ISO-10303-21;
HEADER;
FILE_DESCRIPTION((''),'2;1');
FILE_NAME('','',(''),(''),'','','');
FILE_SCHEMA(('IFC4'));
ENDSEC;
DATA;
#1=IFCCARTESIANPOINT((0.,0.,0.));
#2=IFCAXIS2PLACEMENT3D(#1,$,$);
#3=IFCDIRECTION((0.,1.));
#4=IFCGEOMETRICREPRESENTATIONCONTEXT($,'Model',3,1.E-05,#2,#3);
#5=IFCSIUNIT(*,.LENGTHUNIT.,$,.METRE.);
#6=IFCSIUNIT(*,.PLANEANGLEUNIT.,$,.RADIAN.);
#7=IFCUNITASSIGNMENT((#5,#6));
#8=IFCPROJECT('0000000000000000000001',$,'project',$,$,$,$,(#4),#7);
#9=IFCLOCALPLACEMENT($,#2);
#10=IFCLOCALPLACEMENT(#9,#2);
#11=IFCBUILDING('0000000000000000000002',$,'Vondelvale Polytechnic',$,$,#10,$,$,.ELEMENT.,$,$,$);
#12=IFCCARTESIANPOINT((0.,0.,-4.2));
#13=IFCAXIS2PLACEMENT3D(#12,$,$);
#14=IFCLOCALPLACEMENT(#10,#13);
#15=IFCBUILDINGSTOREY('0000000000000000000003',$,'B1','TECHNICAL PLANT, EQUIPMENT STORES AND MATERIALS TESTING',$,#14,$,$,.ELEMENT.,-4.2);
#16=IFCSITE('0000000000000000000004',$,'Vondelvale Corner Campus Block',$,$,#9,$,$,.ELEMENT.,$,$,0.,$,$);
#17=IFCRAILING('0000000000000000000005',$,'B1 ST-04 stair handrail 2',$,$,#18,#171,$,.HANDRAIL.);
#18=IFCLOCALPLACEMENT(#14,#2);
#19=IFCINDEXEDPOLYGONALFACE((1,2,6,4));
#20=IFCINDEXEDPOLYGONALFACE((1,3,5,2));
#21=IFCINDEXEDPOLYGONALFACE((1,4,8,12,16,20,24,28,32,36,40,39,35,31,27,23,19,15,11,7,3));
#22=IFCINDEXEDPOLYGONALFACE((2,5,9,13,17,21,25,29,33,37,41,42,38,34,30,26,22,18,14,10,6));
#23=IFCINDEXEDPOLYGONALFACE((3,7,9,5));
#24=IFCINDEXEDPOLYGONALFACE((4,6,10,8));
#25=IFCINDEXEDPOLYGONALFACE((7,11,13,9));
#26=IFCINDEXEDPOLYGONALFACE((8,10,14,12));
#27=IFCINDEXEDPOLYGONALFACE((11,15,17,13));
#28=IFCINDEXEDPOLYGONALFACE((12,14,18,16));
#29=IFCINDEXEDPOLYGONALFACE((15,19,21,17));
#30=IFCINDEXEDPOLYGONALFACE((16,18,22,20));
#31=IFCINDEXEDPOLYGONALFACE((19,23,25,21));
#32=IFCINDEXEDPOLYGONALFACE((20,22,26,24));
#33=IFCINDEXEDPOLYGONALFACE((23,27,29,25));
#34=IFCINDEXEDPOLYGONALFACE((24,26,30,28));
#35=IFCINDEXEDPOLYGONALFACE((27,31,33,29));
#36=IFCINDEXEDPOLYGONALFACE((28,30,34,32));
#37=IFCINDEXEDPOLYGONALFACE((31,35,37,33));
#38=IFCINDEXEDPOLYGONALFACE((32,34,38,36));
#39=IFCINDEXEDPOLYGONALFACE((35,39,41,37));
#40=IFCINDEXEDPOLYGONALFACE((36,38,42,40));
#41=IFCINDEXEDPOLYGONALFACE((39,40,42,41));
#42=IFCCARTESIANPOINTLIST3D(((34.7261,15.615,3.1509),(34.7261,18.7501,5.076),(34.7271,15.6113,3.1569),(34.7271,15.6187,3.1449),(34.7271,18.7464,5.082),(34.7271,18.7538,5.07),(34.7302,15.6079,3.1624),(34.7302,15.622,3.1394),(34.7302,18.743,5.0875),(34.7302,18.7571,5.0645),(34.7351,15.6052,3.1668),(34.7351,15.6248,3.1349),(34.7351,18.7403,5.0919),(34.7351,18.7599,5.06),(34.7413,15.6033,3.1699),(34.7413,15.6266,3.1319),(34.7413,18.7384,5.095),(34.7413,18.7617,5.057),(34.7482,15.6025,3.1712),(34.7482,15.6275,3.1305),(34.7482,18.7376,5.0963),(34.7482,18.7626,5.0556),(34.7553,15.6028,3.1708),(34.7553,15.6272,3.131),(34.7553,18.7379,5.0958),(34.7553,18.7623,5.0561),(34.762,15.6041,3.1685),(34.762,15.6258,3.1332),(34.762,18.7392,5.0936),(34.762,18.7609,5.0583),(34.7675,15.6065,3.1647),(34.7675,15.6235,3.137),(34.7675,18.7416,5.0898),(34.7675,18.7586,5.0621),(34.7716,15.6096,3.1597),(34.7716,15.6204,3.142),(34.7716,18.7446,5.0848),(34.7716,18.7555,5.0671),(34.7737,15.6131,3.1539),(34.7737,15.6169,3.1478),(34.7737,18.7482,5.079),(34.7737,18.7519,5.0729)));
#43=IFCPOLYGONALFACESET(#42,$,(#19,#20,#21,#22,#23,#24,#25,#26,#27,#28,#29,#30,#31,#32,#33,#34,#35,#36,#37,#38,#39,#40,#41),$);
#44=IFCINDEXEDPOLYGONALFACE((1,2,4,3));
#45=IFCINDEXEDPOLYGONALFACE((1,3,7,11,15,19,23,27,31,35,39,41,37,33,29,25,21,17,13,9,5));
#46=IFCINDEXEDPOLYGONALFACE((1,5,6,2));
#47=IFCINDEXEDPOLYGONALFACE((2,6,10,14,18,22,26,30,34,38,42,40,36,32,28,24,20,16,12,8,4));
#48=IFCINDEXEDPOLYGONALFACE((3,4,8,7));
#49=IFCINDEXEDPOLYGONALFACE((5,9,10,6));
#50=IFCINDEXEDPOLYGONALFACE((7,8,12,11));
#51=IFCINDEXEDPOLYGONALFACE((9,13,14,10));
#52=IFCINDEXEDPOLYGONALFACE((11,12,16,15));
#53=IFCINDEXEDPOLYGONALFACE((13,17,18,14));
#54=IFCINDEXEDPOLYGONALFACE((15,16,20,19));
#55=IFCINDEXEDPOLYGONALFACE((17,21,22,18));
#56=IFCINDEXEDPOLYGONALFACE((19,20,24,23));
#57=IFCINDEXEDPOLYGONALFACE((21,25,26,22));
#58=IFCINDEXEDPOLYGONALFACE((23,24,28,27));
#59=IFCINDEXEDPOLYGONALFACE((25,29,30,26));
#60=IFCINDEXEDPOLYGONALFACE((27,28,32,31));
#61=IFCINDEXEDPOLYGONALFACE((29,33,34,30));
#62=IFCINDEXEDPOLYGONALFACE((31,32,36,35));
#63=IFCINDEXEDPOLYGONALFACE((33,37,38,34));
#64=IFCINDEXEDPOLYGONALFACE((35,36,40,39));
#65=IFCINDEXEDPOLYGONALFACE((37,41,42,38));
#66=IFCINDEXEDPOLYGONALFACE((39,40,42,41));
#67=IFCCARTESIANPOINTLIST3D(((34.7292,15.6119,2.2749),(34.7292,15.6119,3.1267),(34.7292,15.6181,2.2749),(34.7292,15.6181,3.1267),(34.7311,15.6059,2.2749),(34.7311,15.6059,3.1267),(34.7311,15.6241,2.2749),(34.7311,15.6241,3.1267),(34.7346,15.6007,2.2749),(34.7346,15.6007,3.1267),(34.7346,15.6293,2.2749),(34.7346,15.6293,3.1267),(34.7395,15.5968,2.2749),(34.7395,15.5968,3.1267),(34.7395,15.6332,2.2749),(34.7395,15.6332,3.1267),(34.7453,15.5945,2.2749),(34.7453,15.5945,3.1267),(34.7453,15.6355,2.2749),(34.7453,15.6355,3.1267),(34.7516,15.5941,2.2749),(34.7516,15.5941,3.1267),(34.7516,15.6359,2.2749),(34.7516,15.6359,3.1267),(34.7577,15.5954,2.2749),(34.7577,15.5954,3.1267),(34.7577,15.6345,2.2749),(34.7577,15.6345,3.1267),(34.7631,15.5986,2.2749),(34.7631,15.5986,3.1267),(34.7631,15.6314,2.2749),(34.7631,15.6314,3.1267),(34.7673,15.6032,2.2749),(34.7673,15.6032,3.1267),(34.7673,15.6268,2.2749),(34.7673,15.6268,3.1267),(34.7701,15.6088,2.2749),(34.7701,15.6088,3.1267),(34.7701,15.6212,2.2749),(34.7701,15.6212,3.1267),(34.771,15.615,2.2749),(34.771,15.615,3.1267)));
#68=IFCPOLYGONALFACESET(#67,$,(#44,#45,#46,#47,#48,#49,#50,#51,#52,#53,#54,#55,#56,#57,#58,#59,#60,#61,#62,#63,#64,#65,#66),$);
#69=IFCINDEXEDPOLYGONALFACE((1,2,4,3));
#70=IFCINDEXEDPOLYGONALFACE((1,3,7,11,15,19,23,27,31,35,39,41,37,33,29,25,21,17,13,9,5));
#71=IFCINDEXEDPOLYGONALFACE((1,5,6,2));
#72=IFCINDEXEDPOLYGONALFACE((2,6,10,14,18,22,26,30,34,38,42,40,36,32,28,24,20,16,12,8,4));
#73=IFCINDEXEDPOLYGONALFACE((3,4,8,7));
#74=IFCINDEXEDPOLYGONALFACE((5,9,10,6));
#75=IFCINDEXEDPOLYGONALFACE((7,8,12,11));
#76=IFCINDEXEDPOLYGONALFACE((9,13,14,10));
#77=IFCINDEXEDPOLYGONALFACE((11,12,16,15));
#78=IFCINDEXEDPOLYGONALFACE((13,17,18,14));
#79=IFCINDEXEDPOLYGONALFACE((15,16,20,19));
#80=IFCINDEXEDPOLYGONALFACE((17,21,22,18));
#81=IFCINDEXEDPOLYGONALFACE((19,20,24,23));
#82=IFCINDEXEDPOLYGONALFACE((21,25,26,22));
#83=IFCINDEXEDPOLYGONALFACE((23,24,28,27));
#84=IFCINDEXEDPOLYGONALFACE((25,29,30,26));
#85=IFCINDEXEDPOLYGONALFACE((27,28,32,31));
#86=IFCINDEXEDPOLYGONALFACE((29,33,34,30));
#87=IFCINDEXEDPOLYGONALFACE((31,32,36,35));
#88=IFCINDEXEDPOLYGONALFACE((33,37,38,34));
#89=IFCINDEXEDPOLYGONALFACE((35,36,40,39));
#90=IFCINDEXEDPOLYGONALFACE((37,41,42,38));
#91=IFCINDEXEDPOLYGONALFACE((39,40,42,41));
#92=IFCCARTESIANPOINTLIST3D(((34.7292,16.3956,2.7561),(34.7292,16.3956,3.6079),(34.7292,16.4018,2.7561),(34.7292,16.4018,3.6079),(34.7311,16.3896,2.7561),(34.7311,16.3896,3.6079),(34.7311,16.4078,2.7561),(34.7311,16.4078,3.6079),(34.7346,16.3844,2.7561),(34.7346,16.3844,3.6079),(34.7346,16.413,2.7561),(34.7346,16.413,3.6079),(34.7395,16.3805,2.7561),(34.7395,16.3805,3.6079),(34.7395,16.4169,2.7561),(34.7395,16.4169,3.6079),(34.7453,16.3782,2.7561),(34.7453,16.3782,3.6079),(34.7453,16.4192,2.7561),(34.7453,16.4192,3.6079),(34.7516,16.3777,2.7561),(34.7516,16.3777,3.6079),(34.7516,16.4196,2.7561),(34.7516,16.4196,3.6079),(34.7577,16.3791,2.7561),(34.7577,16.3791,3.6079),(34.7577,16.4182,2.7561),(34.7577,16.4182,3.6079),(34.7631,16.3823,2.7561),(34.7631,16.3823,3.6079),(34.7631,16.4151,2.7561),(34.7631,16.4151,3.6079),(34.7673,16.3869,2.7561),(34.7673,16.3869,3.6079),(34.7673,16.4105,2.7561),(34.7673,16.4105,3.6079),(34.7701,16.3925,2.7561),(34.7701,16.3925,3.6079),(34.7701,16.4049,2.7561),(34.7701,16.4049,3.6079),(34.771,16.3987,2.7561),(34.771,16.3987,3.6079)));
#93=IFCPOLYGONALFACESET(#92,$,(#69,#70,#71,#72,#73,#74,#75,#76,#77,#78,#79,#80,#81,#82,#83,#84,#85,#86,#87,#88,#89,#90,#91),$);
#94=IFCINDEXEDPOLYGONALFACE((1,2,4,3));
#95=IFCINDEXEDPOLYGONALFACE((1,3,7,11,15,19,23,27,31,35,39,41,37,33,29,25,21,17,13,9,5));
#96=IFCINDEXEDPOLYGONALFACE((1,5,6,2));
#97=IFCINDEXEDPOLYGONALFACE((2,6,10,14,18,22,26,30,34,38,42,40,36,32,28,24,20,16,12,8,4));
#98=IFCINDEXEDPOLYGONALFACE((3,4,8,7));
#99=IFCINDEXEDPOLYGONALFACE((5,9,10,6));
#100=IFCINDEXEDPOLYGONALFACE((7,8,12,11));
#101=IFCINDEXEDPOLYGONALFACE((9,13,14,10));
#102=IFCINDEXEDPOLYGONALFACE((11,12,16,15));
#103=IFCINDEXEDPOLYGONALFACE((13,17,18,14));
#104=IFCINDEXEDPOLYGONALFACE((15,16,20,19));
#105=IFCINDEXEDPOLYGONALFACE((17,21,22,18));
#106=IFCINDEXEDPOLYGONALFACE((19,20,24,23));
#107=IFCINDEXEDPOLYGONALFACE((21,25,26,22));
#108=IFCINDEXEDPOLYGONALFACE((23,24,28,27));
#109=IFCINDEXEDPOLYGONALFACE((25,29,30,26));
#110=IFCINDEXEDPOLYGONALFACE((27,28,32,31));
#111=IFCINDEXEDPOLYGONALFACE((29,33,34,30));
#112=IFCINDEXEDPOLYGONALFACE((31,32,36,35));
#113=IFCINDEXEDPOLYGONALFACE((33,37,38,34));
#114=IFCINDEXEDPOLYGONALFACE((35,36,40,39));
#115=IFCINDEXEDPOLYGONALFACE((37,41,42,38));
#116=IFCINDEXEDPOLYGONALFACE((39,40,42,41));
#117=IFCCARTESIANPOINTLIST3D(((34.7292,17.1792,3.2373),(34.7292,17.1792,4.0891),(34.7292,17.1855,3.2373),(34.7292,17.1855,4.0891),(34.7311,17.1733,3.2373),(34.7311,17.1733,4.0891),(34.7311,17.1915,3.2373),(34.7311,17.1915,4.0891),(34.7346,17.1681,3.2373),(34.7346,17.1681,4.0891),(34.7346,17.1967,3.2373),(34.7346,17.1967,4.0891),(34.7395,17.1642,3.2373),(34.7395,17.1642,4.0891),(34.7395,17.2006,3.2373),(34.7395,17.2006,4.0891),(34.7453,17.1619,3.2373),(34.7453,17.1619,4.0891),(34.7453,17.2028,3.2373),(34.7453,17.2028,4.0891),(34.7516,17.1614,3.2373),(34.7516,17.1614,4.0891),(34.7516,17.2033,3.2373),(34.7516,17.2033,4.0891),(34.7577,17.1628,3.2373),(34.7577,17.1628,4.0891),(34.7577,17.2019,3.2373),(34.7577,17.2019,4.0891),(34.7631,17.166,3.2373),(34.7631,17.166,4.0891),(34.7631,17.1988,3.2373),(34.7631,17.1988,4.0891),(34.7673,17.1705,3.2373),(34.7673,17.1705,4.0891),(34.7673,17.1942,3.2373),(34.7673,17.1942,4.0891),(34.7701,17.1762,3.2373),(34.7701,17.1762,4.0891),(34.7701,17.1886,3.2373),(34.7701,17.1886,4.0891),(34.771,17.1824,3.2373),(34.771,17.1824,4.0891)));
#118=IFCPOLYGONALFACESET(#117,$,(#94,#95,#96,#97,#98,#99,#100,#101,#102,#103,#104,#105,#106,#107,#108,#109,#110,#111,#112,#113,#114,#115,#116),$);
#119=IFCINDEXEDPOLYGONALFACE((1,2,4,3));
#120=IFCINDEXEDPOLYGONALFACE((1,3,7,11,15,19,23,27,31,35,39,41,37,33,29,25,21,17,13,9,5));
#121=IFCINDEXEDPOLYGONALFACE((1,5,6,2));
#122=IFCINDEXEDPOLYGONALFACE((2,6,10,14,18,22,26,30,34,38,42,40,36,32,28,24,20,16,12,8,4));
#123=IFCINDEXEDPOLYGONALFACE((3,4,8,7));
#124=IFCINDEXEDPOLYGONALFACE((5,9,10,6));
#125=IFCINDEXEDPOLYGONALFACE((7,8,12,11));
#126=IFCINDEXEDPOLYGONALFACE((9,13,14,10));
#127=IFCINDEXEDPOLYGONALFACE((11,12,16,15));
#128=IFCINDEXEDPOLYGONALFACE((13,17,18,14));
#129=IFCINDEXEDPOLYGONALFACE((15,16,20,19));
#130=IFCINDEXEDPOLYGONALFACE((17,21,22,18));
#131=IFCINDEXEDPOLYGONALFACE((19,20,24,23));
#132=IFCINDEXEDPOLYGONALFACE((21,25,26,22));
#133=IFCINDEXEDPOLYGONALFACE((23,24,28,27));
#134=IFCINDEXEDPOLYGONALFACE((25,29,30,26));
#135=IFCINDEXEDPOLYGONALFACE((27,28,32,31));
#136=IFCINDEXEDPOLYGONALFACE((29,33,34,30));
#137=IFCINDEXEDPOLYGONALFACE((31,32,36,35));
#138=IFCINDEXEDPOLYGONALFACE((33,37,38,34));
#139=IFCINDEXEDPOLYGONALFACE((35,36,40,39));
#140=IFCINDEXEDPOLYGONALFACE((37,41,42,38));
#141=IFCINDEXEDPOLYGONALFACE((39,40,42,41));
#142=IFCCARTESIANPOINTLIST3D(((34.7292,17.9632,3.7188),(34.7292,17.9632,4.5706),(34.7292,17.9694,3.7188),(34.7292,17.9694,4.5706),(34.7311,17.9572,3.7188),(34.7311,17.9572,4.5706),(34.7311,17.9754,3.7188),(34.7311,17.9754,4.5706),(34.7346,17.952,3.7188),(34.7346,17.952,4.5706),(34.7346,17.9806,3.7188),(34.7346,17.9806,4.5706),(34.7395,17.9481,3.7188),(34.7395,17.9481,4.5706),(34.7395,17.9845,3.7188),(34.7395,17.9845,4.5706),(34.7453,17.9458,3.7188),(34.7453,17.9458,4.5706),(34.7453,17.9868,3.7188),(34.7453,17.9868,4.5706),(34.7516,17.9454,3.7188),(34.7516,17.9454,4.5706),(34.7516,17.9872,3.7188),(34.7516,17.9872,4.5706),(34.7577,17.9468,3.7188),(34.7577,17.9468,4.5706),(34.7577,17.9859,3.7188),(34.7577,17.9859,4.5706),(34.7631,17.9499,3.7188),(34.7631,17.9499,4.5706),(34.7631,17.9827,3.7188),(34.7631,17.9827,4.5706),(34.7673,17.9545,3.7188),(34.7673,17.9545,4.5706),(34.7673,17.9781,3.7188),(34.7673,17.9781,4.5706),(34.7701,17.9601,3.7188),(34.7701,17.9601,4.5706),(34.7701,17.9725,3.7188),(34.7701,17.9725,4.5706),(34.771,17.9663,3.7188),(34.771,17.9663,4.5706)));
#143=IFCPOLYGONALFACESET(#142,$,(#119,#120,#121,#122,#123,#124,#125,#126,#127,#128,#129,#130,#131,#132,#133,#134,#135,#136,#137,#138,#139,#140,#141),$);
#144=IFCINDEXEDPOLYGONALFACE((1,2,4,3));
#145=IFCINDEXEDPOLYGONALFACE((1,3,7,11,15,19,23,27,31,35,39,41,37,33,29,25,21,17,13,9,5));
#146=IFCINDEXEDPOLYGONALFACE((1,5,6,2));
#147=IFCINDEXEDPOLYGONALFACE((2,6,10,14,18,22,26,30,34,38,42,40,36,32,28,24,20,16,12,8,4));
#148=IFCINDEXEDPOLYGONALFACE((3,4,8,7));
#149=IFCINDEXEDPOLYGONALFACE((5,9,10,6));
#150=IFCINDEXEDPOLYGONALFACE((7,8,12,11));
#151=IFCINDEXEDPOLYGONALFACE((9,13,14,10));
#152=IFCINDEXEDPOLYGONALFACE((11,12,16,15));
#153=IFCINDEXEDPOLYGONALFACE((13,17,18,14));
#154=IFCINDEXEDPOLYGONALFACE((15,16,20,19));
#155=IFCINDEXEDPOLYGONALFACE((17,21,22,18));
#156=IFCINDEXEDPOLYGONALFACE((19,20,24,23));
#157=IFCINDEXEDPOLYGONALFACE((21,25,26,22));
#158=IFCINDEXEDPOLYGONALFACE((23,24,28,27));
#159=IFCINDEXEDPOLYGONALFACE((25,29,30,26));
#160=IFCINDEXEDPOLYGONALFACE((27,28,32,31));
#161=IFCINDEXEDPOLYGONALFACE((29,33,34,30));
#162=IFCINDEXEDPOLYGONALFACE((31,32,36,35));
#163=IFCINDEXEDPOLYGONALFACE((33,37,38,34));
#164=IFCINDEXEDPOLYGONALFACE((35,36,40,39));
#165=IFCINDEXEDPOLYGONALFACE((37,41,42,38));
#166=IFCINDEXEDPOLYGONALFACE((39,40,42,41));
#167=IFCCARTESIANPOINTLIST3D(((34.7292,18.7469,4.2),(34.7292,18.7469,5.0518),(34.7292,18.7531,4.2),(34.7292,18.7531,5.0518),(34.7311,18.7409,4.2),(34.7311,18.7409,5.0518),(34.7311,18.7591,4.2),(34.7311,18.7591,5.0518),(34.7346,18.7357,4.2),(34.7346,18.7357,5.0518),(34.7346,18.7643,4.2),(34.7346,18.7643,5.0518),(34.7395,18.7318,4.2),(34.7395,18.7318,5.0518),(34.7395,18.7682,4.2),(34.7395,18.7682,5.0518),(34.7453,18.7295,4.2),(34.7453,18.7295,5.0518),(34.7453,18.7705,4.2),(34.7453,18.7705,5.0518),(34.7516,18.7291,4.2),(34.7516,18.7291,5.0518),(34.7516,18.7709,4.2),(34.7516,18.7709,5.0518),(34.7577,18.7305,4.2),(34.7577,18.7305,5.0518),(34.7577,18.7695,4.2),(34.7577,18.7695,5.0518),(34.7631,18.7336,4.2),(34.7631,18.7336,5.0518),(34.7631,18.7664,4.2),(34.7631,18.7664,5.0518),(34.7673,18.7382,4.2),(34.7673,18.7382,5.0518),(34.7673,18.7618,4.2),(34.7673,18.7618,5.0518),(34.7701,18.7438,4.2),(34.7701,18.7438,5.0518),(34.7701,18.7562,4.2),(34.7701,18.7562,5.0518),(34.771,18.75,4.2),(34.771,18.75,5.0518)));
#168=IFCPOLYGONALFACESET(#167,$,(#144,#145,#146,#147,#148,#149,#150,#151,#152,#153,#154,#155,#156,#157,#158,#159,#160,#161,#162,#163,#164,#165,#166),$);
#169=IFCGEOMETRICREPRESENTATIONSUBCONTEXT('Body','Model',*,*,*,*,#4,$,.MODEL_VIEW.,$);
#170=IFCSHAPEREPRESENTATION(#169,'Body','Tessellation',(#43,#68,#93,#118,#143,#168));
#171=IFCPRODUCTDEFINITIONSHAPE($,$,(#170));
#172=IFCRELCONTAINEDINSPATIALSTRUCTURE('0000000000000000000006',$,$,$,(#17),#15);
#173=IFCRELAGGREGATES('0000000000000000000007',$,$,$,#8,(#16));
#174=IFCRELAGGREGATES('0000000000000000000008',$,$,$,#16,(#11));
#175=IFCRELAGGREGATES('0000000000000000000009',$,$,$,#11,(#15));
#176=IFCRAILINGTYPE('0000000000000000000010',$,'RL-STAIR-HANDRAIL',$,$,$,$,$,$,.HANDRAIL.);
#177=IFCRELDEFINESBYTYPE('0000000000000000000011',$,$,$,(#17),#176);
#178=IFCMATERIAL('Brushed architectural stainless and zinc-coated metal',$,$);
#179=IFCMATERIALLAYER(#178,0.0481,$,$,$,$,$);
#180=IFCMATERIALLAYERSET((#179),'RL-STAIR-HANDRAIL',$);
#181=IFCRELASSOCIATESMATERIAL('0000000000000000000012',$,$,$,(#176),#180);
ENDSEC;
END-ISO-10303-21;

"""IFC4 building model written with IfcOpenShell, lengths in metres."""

from ifc_helpers import new_model, si_unit, direction, frame, origin, origin_2d, place, context, subcontext, project, spatial, circle, extrude, material, layer, layer_set, type_object, element, save


model = new_model("IFC4")

# Units and contexts
model_context = context("Model", 3, precision=1e-05, world=origin(), true_north=direction((0.0, 1.0)))
body_context = subcontext(model_context, "Body", "Model", "MODEL_VIEW")
ifc_project = project(units=[si_unit("LENGTHUNIT", "METRE"), si_unit("PLANEANGLEUNIT", "RADIAN")], contexts=[model_context])

# Site, building, storey
site_placement = place(None, origin())
site = spatial("IfcSite", under=ifc_project, at=site_placement, Name="Vondelvale Corner Campus Block", CompositionType="ELEMENT", RefElevation=0.0)
building_placement = place(site_placement, origin())
building = spatial("IfcBuilding", under=site, at=building_placement, Name="Vondelvale Polytechnic", CompositionType="ELEMENT")
storey_placement = place(building_placement, frame((0.0, 0.0, -4.2)))
storey = spatial("IfcBuildingStorey", under=building, at=storey_placement, Name="B1", Description="TECHNICAL PLANT, EQUIPMENT STORES AND MATERIALS TESTING", CompositionType="ELEMENT", Elevation=-4.2)

# Shared definitions
ifc_material_1 = material(Name="Brushed architectural stainless and zinc-coated metal")

# Railing
ifc_layer_1 = layer(ifc_material_1, 0.0481)
ifc_layer_set_1 = layer_set([ifc_layer_1], Name="RL-STAIR-HANDRAIL")
railing_type_1 = type_object("IfcRailingType", Name="RL-STAIR-HANDRAIL", PredefinedType="HANDRAIL", material=ifc_layer_set_1)
railing_1_placement = place(storey_placement, frame((34.75, 15.615, 2.2749)))
element("IfcRailing", 1, at=railing_1_placement, inside=storey, type_object=railing_type_1, Name="B1 ST-04 stair handrail 2", PredefinedType="HANDRAIL", context=body_context, shape_type="SweptSolid", body=[
    extrude(circle(Radius=0.0239, at=origin_2d()), frame((0.0, 0.0, 0.876), z_axis=(0.0, 0.852166, 0.523271), x_axis=(-1.0, 0.0, 0.0)), (0.0, 0.0, 1.0), 3.679),
    extrude(circle(Radius=0.021, at=origin_2d()), origin(), (0.0, 0.0, 1.0), 0.8518),
    extrude(circle(Radius=0.021, at=origin_2d()), frame((0.0, 0.7837, 0.4812)), (0.0, 0.0, 1.0), 0.8518),
    extrude(circle(Radius=0.021, at=origin_2d()), frame((0.0, 1.5674, 0.9624)), (0.0, 0.0, 1.0), 0.8518),
    extrude(circle(Radius=0.021, at=origin_2d()), frame((0.0, 2.3513, 1.4438)), (0.0, 0.0, 1.0), 0.8518),
    extrude(circle(Radius=0.021, at=origin_2d()), frame((0.0, 3.135, 1.925)), (0.0, 0.0, 1.0), 0.8518),
])

save(model, "model.ifc")
